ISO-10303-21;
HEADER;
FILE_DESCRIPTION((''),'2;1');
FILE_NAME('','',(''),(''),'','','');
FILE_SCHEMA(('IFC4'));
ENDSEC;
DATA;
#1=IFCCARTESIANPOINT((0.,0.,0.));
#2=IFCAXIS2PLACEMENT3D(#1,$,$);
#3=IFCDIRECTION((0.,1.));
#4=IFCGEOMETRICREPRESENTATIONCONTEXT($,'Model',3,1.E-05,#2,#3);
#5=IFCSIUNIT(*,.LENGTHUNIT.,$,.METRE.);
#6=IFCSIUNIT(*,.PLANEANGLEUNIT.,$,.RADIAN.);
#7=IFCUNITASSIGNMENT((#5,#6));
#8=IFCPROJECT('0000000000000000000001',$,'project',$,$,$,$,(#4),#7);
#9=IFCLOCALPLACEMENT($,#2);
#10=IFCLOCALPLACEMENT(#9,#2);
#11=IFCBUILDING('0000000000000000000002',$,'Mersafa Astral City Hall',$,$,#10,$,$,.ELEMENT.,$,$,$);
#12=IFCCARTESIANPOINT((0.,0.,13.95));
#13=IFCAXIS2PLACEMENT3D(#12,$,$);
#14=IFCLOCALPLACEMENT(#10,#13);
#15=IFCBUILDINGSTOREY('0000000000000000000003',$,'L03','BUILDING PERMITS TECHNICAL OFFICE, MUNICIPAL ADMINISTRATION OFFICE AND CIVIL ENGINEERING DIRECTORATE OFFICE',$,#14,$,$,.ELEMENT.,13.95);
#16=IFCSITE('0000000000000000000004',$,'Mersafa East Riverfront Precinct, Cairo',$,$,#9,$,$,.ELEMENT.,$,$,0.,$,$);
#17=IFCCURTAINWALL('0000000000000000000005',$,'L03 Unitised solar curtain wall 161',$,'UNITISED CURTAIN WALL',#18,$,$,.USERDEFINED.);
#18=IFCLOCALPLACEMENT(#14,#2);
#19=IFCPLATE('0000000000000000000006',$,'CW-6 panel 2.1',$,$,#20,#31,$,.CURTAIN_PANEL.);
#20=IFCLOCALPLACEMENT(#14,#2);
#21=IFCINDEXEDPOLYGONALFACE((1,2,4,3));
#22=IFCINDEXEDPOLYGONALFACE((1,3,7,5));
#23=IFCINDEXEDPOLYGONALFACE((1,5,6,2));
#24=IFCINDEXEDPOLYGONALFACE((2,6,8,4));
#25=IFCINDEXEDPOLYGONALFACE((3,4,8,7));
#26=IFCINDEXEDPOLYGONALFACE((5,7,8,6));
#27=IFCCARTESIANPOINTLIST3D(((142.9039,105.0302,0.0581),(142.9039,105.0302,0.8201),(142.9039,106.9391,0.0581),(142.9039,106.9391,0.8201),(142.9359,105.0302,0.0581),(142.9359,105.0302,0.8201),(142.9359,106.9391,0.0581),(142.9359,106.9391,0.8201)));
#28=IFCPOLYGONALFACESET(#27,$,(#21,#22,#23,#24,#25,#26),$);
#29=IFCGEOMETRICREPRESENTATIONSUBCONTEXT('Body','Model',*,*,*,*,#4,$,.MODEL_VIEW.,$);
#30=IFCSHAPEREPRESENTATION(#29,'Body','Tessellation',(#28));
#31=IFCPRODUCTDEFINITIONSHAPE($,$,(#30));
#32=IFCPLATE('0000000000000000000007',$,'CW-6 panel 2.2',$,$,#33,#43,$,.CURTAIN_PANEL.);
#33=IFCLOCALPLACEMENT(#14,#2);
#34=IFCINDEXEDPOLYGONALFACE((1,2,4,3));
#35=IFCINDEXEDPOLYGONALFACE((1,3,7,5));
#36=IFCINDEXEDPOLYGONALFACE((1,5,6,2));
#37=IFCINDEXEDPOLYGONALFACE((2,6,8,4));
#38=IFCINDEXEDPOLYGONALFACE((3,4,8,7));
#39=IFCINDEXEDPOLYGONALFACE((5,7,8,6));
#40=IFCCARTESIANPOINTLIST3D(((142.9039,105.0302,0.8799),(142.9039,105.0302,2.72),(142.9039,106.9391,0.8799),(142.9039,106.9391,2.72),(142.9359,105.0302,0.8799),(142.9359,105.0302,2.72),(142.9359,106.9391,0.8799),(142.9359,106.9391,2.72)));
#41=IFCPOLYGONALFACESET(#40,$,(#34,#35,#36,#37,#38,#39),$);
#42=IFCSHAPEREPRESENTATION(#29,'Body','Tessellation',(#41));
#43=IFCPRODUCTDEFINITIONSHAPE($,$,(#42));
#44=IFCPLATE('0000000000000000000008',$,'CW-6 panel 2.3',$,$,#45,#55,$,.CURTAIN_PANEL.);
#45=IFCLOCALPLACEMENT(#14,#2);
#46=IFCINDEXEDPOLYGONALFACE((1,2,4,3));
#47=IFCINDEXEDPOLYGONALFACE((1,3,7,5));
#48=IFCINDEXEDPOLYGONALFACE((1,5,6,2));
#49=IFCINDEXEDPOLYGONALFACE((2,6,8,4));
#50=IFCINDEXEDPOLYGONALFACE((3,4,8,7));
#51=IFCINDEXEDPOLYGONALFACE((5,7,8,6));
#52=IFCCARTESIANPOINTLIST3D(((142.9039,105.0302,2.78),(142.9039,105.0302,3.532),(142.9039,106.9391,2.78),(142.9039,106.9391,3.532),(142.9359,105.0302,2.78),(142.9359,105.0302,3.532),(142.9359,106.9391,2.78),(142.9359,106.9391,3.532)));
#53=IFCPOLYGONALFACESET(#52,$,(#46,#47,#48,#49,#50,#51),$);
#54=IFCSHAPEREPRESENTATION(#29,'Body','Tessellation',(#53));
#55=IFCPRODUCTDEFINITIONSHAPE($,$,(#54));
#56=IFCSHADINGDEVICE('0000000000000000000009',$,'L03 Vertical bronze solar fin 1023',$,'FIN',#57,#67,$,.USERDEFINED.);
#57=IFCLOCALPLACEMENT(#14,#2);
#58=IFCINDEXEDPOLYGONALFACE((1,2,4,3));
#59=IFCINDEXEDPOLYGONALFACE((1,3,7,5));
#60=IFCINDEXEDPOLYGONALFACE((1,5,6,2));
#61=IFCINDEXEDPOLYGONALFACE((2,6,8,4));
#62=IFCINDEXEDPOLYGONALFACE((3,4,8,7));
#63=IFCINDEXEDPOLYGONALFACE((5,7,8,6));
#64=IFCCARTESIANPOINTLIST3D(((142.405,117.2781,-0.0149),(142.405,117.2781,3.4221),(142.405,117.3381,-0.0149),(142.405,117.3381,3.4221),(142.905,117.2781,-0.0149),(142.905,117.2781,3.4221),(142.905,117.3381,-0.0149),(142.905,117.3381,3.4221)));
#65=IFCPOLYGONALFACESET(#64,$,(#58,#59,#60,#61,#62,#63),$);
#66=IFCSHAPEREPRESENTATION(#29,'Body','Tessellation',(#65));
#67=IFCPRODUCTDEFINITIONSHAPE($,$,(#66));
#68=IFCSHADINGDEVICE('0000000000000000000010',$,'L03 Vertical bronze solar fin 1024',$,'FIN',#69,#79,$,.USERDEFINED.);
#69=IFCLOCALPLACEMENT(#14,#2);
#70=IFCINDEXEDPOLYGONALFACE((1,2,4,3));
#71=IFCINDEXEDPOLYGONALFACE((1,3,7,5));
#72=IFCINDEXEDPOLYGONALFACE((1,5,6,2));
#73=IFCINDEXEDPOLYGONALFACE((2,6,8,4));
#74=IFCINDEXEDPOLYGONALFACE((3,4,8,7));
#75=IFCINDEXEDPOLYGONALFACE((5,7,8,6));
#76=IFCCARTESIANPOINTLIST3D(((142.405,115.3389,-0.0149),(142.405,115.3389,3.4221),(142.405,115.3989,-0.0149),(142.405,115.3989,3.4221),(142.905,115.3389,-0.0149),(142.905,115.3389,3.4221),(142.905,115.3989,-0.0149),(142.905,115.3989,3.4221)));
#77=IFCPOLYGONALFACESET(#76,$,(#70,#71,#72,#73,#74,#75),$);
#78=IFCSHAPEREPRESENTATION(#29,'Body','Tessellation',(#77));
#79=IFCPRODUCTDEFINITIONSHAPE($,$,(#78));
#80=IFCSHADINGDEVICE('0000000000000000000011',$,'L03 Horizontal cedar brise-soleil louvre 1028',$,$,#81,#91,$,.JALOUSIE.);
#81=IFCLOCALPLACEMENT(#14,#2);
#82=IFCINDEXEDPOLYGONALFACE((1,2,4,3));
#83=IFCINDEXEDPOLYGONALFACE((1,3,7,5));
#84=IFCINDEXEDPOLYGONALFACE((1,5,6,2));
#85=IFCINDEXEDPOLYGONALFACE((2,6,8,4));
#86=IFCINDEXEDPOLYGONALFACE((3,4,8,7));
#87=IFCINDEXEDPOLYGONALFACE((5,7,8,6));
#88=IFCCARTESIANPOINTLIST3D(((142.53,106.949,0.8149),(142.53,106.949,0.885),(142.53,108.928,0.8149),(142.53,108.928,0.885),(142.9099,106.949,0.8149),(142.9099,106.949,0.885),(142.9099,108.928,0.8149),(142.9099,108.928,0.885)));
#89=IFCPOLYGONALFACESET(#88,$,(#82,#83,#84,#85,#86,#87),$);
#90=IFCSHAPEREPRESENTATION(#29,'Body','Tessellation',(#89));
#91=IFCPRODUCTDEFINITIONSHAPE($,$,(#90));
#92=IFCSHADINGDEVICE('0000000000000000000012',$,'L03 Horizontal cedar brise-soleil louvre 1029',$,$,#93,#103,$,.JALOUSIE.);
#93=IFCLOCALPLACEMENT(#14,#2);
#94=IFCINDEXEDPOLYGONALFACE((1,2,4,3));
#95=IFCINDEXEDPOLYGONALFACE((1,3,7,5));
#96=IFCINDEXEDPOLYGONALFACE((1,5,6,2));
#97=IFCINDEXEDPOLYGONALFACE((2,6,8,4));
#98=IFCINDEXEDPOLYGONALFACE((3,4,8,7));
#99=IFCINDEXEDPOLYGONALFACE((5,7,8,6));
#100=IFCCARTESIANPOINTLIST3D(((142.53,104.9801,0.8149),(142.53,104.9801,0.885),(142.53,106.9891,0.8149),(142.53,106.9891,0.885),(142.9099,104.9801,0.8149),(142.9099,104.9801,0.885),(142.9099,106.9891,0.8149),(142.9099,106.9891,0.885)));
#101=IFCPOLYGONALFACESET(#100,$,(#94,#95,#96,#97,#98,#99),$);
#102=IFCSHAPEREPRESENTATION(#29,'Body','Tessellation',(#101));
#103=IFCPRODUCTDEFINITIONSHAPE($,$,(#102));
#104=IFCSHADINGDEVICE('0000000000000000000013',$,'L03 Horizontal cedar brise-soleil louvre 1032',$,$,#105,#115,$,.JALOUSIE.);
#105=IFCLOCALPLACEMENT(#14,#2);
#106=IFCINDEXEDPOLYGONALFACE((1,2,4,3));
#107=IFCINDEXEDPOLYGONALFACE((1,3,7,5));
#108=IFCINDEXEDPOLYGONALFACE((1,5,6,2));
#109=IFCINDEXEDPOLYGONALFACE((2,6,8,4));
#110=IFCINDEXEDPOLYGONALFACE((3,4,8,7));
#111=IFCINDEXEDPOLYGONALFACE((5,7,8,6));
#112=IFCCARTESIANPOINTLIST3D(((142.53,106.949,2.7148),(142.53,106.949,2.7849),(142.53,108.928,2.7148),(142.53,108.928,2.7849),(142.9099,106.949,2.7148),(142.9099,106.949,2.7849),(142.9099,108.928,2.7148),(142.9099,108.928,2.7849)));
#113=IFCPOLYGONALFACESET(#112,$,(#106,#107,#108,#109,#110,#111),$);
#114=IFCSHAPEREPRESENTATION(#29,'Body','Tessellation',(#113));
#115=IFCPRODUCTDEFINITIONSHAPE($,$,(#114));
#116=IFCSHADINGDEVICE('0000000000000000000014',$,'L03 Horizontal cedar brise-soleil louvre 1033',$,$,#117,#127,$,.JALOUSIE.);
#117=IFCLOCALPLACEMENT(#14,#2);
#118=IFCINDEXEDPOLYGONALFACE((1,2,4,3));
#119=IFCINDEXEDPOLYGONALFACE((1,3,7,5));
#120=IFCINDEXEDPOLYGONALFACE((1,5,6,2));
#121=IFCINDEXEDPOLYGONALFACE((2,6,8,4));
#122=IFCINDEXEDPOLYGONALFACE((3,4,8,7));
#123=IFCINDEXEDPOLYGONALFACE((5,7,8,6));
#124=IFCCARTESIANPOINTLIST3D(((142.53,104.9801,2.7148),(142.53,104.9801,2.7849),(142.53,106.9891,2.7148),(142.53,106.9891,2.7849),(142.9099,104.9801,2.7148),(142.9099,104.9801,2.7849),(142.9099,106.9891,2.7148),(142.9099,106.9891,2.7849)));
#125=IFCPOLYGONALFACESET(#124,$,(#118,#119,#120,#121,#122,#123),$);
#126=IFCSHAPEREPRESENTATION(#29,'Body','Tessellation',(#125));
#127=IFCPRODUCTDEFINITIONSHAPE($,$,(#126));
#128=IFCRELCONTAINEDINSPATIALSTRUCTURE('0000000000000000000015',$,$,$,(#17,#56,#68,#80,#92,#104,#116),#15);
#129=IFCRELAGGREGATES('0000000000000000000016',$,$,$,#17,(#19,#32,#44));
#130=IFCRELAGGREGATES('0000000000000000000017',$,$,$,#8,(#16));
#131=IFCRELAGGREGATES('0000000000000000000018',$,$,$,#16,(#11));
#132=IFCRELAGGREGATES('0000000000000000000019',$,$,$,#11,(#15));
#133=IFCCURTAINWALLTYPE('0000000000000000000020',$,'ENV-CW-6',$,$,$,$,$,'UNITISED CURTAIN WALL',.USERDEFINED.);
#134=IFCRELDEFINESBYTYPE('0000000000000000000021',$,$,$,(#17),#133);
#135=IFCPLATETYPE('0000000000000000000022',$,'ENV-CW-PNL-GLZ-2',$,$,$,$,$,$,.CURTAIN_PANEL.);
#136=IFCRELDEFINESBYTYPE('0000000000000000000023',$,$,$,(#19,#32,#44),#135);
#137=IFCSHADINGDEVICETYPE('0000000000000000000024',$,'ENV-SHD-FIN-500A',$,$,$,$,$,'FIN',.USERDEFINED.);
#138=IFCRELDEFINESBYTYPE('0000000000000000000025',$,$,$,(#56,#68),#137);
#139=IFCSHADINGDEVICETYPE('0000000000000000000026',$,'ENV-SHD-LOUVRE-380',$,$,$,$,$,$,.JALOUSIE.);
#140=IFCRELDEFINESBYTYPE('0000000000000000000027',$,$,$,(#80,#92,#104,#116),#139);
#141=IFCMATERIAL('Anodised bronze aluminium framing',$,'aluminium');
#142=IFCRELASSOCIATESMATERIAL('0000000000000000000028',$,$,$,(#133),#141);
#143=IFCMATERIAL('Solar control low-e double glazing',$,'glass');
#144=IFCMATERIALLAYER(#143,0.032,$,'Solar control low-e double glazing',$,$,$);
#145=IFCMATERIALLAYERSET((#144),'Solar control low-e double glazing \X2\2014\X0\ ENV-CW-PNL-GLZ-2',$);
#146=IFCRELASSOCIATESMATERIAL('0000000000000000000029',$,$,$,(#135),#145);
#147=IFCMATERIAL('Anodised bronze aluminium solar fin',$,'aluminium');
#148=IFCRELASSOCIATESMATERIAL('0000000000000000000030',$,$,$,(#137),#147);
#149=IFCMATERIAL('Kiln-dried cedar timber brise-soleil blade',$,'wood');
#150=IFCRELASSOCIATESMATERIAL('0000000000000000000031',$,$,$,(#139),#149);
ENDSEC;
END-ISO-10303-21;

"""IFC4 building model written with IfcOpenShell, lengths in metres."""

from ifc_helpers import new_model, si_unit, direction, frame, origin, origin_2d, place, context, subcontext, project, spatial, rectangle, extrude, material, layer, layer_set, type_object, element, aggregate, save


model = new_model("IFC4")

# Units and contexts
model_context = context("Model", 3, precision=1e-05, world=origin(), true_north=direction((0.0, 1.0)))
body_context = subcontext(model_context, "Body", "Model", "MODEL_VIEW")
ifc_project = project(units=[si_unit("LENGTHUNIT", "METRE"), si_unit("PLANEANGLEUNIT", "RADIAN")], contexts=[model_context])

# Site, building, storey
site_placement = place(None, origin())
site = spatial("IfcSite", under=ifc_project, at=site_placement, Name="Mersafa East Riverfront Precinct, Cairo", CompositionType="ELEMENT", RefElevation=0.0)
building_placement = place(site_placement, origin())
building = spatial("IfcBuilding", under=site, at=building_placement, Name="Mersafa Astral City Hall", CompositionType="ELEMENT")
storey_placement = place(building_placement, frame((0.0, 0.0, 13.95)))
storey = spatial("IfcBuildingStorey", under=building, at=storey_placement, Name="L03", Description="BUILDING PERMITS TECHNICAL OFFICE, MUNICIPAL ADMINISTRATION OFFICE AND CIVIL ENGINEERING DIRECTORATE OFFICE", CompositionType="ELEMENT", Elevation=13.95)

# Curtain wall
ifc_material_1 = material(Name="Anodised bronze aluminium framing", Category="aluminium")
curtain_wall_type = type_object("IfcCurtainWallType", Name="ENV-CW-6", ElementType="UNITISED CURTAIN WALL", PredefinedType="USERDEFINED", material=ifc_material_1)
curtain_wall_placement = place(storey_placement, origin())
curtain_wall = element("IfcCurtainWall", 1, at=curtain_wall_placement, inside=storey, type_object=curtain_wall_type, Name="L03 Unitised solar curtain wall 161", ObjectType="UNITISED CURTAIN WALL", PredefinedType="USERDEFINED")

# Plates
ifc_material_2 = material(Name="Solar control low-e double glazing", Category="glass")
ifc_layer = layer(ifc_material_2, 0.032, Name="Solar control low-e double glazing")
ifc_layer_set = layer_set([ifc_layer], Name="Solar control low-e double glazing — ENV-CW-PNL-GLZ-2")
plate_type = type_object("IfcPlateType", Name="ENV-CW-PNL-GLZ-2", PredefinedType="CURTAIN_PANEL", material=ifc_layer_set)
plate_1_placement = place(storey_placement, frame((142.9199, 105.9846, 0.0581), z_axis=(0.0, 0.0, 1.0), x_axis=(0.0, -1.0, 0.0)))
plate_1 = element("IfcPlate", 2, at=plate_1_placement, type_object=plate_type, Name="CW-6 panel 2.1", PredefinedType="CURTAIN_PANEL", context=body_context, shape_type="SweptSolid", body=[
    extrude(rectangle(XDim=1.9089, YDim=0.032, at=origin_2d()), origin(), (0.0, 0.0, 1.0), 0.762),
])
plate_2_placement = place(storey_placement, frame((142.9199, 105.9846, 0.8799), z_axis=(0.0, 0.0, 1.0), x_axis=(0.0, -1.0, 0.0)))
plate_2 = element("IfcPlate", 3, at=plate_2_placement, type_object=plate_type, Name="CW-6 panel 2.2", PredefinedType="CURTAIN_PANEL", context=body_context, shape_type="SweptSolid", body=[
    extrude(rectangle(XDim=1.9089, YDim=0.032, at=origin_2d()), origin(), (0.0, 0.0, 1.0), 1.8401),
])
plate_3_placement = place(storey_placement, frame((142.9199, 105.9846, 2.78), z_axis=(0.0, 0.0, 1.0), x_axis=(0.0, -1.0, 0.0)))
plate_3 = element("IfcPlate", 4, at=plate_3_placement, type_object=plate_type, Name="CW-6 panel 2.3", PredefinedType="CURTAIN_PANEL", context=body_context, shape_type="SweptSolid", body=[
    extrude(rectangle(XDim=1.9089, YDim=0.032, at=origin_2d()), origin(), (0.0, 0.0, 1.0), 0.752),
])
aggregate(curtain_wall, [plate_1, plate_2, plate_3])

# Shading devices
ifc_material_3 = material(Name="Anodised bronze aluminium solar fin", Category="aluminium")
shading_device_type_1 = type_object("IfcShadingDeviceType", Name="ENV-SHD-FIN-500A", ElementType="FIN", PredefinedType="USERDEFINED", material=ifc_material_3)
for number, where, z_axis, x_axis, name in (
    (5, (142.655, 117.3081, -0.0149), (0.0, 0.0, 1.0), (0.0, -1.0, 0.0), "L03 Vertical bronze solar fin 1023"),
    (6, (142.655, 115.3689, -0.0149), (0.0, 0.0, 1.0), (0.0, -1.0, 0.0), "L03 Vertical bronze solar fin 1024"),
):
    element("IfcShadingDevice", number, at=place(storey_placement, frame(where, z_axis=z_axis, x_axis=x_axis)), inside=storey, type_object=shading_device_type_1, Name=name, ObjectType="FIN", PredefinedType="USERDEFINED", context=body_context, shape_type="SweptSolid", body=[
        extrude(rectangle(XDim=0.0601, YDim=0.5, at=origin_2d()), origin(), (0.0, 0.0, 1.0), 3.437),
    ])
ifc_material_4 = material(Name="Kiln-dried cedar timber brise-soleil blade", Category="wood")
shading_device_type_2 = type_object("IfcShadingDeviceType", Name="ENV-SHD-LOUVRE-380", PredefinedType="JALOUSIE", material=ifc_material_4)
shading_device_1_placement = place(storey_placement, frame((142.72, 107.9385, 0.8149), z_axis=(0.0, 0.0, 1.0), x_axis=(0.0, -1.0, 0.0)))
element("IfcShadingDevice", 7, at=shading_device_1_placement, inside=storey, type_object=shading_device_type_2, Name="L03 Horizontal cedar brise-soleil louvre 1028", PredefinedType="JALOUSIE", context=body_context, shape_type="SweptSolid", body=[
    extrude(rectangle(XDim=1.979, YDim=0.3799, at=origin_2d()), origin(), (0.0, 0.0, 1.0), 0.0701),
])
shading_device_2_placement = place(storey_placement, frame((142.72, 105.9846, 0.8149), z_axis=(0.0, 0.0, 1.0), x_axis=(0.0, -1.0, 0.0)))
element("IfcShadingDevice", 8, at=shading_device_2_placement, inside=storey, type_object=shading_device_type_2, Name="L03 Horizontal cedar brise-soleil louvre 1029", PredefinedType="JALOUSIE", context=body_context, shape_type="SweptSolid", body=[
    extrude(rectangle(XDim=2.009, YDim=0.3799, at=origin_2d()), origin(), (0.0, 0.0, 1.0), 0.0701),
])
shading_device_3_placement = place(storey_placement, frame((142.72, 107.9385, 2.7148), z_axis=(0.0, 0.0, 1.0), x_axis=(0.0, -1.0, 0.0)))
element("IfcShadingDevice", 9, at=shading_device_3_placement, inside=storey, type_object=shading_device_type_2, Name="L03 Horizontal cedar brise-soleil louvre 1032", PredefinedType="JALOUSIE", context=body_context, shape_type="SweptSolid", body=[
    extrude(rectangle(XDim=1.979, YDim=0.3799, at=origin_2d()), origin(), (0.0, 0.0, 1.0), 0.0701),
])
shading_device_4_placement = place(storey_placement, frame((142.72, 105.9846, 2.7148), z_axis=(0.0, 0.0, 1.0), x_axis=(0.0, -1.0, 0.0)))
element("IfcShadingDevice", 10, at=shading_device_4_placement, inside=storey, type_object=shading_device_type_2, Name="L03 Horizontal cedar brise-soleil louvre 1033", PredefinedType="JALOUSIE", context=body_context, shape_type="SweptSolid", body=[
    extrude(rectangle(XDim=2.009, YDim=0.3799, at=origin_2d()), origin(), (0.0, 0.0, 1.0), 0.0701),
])

save(model, "model.ifc")
